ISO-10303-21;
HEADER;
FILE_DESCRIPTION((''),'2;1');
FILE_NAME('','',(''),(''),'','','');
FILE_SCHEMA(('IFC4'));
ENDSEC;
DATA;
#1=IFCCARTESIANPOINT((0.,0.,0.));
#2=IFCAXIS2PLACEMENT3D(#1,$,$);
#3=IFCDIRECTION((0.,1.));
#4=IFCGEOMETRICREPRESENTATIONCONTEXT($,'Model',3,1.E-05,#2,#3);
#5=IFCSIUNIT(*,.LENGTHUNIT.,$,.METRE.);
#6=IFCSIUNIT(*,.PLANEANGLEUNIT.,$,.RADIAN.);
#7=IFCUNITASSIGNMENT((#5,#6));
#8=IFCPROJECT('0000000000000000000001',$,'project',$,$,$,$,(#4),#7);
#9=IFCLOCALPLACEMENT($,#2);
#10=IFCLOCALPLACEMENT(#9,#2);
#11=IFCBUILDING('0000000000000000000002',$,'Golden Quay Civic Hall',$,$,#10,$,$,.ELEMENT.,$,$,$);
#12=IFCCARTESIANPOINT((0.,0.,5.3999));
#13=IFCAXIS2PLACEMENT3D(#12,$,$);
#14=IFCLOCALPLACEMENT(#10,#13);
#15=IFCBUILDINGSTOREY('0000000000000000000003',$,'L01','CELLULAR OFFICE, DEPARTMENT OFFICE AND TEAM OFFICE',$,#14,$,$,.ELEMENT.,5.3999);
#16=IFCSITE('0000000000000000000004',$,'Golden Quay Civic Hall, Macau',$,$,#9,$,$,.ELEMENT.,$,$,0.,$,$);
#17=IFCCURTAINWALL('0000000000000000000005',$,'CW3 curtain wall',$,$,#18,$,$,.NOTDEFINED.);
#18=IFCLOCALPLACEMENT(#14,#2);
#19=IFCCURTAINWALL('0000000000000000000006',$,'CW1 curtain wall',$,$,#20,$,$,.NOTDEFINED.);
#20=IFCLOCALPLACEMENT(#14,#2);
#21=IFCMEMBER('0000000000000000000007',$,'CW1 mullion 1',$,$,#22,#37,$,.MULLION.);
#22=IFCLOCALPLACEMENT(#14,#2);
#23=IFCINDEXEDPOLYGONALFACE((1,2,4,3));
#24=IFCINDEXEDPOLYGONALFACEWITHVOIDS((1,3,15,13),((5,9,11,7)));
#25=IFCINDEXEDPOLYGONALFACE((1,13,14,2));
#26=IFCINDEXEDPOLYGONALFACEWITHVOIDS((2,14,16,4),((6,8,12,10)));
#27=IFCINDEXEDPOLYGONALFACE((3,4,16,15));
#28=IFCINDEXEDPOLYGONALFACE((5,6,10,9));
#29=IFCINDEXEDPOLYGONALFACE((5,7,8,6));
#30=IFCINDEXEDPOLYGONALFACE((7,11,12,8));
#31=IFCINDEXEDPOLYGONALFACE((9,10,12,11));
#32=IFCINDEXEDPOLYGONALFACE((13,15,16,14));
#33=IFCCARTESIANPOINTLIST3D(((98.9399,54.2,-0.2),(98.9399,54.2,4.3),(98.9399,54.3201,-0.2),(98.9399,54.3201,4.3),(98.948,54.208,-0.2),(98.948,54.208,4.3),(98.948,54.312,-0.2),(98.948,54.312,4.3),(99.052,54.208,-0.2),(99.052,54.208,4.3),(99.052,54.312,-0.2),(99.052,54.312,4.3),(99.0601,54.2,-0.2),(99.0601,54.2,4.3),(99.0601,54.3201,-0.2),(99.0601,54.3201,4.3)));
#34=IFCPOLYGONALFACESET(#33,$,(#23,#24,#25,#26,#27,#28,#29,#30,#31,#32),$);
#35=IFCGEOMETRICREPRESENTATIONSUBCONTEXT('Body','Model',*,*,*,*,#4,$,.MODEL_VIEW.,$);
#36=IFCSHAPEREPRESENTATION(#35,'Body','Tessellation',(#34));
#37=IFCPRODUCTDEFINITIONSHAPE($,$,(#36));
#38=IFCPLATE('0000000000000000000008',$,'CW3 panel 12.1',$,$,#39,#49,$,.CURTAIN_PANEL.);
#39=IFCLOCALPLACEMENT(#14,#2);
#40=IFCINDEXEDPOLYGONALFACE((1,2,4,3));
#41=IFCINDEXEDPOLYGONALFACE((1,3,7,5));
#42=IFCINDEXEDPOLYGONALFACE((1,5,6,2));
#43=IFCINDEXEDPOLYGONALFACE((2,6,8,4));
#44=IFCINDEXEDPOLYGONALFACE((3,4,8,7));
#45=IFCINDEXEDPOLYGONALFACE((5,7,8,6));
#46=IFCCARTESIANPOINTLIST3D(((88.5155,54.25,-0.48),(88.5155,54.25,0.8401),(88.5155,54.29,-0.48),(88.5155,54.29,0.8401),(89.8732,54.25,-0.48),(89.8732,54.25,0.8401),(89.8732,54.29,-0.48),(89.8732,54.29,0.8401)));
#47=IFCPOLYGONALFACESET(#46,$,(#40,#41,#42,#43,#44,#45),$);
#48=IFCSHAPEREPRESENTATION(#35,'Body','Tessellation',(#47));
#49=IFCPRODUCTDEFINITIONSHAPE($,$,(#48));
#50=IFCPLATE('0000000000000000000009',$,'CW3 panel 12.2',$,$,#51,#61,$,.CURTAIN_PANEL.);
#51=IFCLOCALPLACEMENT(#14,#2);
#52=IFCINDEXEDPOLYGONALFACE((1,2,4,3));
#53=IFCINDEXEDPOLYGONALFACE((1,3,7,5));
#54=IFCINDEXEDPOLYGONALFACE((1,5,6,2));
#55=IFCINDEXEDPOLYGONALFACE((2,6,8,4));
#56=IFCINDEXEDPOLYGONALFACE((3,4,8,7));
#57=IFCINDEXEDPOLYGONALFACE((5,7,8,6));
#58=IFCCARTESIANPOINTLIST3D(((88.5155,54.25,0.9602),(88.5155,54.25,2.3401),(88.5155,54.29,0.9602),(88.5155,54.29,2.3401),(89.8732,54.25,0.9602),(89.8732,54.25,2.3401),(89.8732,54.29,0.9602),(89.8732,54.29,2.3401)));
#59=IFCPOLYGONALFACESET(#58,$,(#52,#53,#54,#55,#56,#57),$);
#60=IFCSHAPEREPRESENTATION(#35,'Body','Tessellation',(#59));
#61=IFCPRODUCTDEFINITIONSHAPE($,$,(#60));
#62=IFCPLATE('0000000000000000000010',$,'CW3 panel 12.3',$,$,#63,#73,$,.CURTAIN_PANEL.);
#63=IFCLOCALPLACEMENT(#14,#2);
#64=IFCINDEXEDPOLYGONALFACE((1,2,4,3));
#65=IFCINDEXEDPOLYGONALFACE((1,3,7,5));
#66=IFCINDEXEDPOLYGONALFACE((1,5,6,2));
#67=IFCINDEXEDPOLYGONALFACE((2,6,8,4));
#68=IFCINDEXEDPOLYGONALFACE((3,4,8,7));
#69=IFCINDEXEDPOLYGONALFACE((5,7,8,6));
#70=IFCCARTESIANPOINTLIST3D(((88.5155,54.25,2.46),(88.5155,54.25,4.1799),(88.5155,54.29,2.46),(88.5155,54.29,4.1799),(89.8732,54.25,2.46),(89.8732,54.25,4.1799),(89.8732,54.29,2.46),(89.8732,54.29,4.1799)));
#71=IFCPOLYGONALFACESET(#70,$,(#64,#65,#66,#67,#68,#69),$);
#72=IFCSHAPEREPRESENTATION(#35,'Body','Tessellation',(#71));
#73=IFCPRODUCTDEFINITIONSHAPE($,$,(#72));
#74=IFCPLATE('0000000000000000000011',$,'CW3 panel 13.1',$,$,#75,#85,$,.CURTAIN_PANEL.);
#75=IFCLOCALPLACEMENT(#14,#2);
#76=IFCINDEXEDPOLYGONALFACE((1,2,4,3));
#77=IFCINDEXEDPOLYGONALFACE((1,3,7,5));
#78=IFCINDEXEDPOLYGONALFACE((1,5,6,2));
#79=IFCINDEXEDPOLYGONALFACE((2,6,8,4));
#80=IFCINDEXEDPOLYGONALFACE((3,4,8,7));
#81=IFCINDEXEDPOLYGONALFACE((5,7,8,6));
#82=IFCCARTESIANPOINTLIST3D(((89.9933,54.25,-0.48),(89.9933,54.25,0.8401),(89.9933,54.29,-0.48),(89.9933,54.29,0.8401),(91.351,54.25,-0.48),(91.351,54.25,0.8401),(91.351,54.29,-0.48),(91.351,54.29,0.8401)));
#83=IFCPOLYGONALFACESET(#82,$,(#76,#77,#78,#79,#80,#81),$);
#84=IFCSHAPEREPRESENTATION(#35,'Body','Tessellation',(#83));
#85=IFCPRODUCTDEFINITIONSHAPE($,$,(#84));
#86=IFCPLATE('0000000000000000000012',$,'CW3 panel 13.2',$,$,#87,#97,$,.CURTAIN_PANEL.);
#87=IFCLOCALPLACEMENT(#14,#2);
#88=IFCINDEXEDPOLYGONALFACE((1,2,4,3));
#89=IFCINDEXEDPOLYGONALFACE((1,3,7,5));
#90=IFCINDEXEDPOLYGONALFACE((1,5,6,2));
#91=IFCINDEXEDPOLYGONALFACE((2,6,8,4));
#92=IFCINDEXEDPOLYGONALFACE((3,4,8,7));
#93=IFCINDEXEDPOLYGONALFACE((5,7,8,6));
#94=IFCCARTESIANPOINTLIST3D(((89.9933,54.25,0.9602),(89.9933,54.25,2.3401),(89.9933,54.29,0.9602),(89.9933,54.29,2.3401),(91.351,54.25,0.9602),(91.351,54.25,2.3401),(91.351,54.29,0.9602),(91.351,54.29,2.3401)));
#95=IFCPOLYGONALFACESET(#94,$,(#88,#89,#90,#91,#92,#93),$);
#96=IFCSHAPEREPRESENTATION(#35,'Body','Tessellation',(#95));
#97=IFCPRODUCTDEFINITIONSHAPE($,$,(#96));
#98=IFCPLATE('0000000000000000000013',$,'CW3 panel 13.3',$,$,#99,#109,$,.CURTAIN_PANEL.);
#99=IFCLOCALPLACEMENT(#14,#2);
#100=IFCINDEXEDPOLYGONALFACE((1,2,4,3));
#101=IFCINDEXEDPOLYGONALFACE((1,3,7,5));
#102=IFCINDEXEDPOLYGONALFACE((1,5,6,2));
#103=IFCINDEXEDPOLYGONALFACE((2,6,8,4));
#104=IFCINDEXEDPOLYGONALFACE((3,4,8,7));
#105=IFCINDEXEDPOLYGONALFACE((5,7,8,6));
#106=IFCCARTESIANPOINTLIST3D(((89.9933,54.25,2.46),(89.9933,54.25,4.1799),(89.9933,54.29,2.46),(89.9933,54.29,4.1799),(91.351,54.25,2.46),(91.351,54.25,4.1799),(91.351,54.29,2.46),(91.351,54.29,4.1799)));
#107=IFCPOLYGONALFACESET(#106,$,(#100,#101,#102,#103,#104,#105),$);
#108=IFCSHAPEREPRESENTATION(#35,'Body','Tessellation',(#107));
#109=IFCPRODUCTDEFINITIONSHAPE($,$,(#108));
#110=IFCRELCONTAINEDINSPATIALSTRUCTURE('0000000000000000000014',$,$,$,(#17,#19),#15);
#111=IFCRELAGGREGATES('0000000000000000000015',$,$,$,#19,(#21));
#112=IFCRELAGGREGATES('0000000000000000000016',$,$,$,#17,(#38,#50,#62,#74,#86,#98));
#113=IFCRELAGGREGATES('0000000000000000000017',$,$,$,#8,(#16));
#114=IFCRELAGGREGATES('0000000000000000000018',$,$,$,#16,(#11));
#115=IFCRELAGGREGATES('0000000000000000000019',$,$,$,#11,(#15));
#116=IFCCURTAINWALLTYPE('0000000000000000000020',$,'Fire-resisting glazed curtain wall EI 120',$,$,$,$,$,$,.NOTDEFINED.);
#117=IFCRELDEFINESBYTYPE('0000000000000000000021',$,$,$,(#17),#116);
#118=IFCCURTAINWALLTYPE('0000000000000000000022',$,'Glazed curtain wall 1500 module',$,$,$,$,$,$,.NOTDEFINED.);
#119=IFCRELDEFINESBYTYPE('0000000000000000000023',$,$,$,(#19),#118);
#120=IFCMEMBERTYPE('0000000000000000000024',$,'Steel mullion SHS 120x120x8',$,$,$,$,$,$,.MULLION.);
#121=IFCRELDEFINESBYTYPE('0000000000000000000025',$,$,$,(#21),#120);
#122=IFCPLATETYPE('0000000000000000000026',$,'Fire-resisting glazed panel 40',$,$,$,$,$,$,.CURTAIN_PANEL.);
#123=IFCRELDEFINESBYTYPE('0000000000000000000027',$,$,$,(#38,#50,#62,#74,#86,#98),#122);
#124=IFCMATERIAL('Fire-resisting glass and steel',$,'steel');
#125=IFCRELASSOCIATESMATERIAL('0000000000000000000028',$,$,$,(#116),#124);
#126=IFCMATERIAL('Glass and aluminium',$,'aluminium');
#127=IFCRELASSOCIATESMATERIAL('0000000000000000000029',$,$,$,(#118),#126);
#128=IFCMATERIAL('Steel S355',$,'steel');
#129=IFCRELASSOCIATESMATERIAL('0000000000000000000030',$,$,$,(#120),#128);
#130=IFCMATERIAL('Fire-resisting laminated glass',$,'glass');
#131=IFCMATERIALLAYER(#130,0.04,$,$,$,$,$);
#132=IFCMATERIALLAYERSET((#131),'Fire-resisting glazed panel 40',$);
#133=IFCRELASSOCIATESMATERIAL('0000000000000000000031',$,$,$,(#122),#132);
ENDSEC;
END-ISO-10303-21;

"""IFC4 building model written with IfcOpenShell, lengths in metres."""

from ifc_helpers import new_model, si_unit, direction, frame, origin, origin_2d, place, context, subcontext, project, spatial, rectangle, hollow_rectangle, extrude, material, layer, layer_set, material_profile, profile_set, type_object, element, aggregate, save


model = new_model("IFC4")

# Units and contexts
model_context = context("Model", 3, precision=1e-05, world=origin(), true_north=direction((0.0, 1.0)))
body_context = subcontext(model_context, "Body", "Model", "MODEL_VIEW")
ifc_project = project(units=[si_unit("LENGTHUNIT", "METRE"), si_unit("PLANEANGLEUNIT", "RADIAN")], contexts=[model_context])

# Site, building, storey
site_placement = place(None, origin())
site = spatial("IfcSite", under=ifc_project, at=site_placement, Name="Golden Quay Civic Hall, Macau", CompositionType="ELEMENT", RefElevation=0.0)
building_placement = place(site_placement, origin())
building = spatial("IfcBuilding", under=site, at=building_placement, Name="Golden Quay Civic Hall", CompositionType="ELEMENT")
storey_placement = place(building_placement, frame((0.0, 0.0, 5.3999)))
storey = spatial("IfcBuildingStorey", under=building, at=storey_placement, Name="L01", Description="CELLULAR OFFICE, DEPARTMENT OFFICE AND TEAM OFFICE", CompositionType="ELEMENT", Elevation=5.3999)

# Curtain wall
ifc_material_1 = material(Name="Fire-resisting glass and steel", Category="steel")
curtain_wall_type_1 = type_object("IfcCurtainWallType", Name="Fire-resisting glazed curtain wall EI 120", PredefinedType="NOTDEFINED", material=ifc_material_1)
curtain_wall_1_placement = place(storey_placement, origin())
curtain_wall_1 = element("IfcCurtainWall", 1, at=curtain_wall_1_placement, inside=storey, type_object=curtain_wall_type_1, Name="CW3 curtain wall", PredefinedType="NOTDEFINED")

# Curtain wall, member
ifc_material_2 = material(Name="Glass and aluminium", Category="aluminium")
curtain_wall_type_2 = type_object("IfcCurtainWallType", Name="Glazed curtain wall 1500 module", PredefinedType="NOTDEFINED", material=ifc_material_2)
curtain_wall_2_placement = place(storey_placement, origin())
curtain_wall_2 = element("IfcCurtainWall", 2, at=curtain_wall_2_placement, inside=storey, type_object=curtain_wall_type_2, Name="CW1 curtain wall", PredefinedType="NOTDEFINED")
ifc_material_3 = material(Name="Steel S355", Category="steel")
ifc_material_profile_1 = material_profile(ifc_material_3, hollow_rectangle(XDim=0.1201, YDim=0.1201, WallThickness=0.0081, at=origin_2d()), Name="SHS 120x120x8")
ifc_profile_set_1 = profile_set([ifc_material_profile_1], Name="Steel S355")
member_type_1 = type_object("IfcMemberType", Name="Steel mullion SHS 120x120x8", PredefinedType="MULLION", material=ifc_profile_set_1)
member_1_placement = place(storey_placement, frame((99.0, 54.26, -0.2), z_axis=(0.0, 0.0, 1.0), x_axis=(-1.0, 0.0, 0.0)))
member_1 = element("IfcMember", 3, at=member_1_placement, type_object=member_type_1, Name="CW1 mullion 1", PredefinedType="MULLION", context=body_context, shape_type="SweptSolid", body=[
    extrude(hollow_rectangle(XDim=0.1201, YDim=0.1201, WallThickness=0.0081, at=origin_2d()), origin(), (0.0, 0.0, 1.0), 4.5),
])
aggregate(curtain_wall_2, [member_1])

# Plates
ifc_material_4 = material(Name="Fire-resisting laminated glass", Category="glass")
ifc_layer_1 = layer(ifc_material_4, 0.04)
ifc_layer_set_1 = layer_set([ifc_layer_1], Name="Fire-resisting glazed panel 40")
plate_type = type_object("IfcPlateType", Name="Fire-resisting glazed panel 40", PredefinedType="CURTAIN_PANEL", material=ifc_layer_set_1)
plate_1_placement = place(storey_placement, frame((89.1943, 54.27, -0.48), z_axis=(0.0, 0.0, 1.0), x_axis=(1.0, 0.0, 0.0)))
plate_1 = element("IfcPlate", 4, at=plate_1_placement, type_object=plate_type, Name="CW3 panel 12.1", PredefinedType="CURTAIN_PANEL", context=body_context, shape_type="SweptSolid", body=[
    extrude(rectangle(XDim=1.3577, YDim=0.04, at=origin_2d()), origin(), (0.0, 0.0, 1.0), 1.3201),
])
plate_2_placement = place(storey_placement, frame((89.1943, 54.27, 0.9602), z_axis=(0.0, 0.0, 1.0), x_axis=(1.0, 0.0, 0.0)))
plate_2 = element("IfcPlate", 5, at=plate_2_placement, type_object=plate_type, Name="CW3 panel 12.2", PredefinedType="CURTAIN_PANEL", context=body_context, shape_type="SweptSolid", body=[
    extrude(rectangle(XDim=1.3577, YDim=0.04, at=origin_2d()), origin(), (0.0, 0.0, 1.0), 1.3799),
])
plate_3_placement = place(storey_placement, frame((89.1943, 54.27, 2.46), z_axis=(0.0, 0.0, 1.0), x_axis=(1.0, 0.0, 0.0)))
plate_3 = element("IfcPlate", 6, at=plate_3_placement, type_object=plate_type, Name="CW3 panel 12.3", PredefinedType="CURTAIN_PANEL", context=body_context, shape_type="SweptSolid", body=[
    extrude(rectangle(XDim=1.3577, YDim=0.04, at=origin_2d()), origin(), (0.0, 0.0, 1.0), 1.72),
])
plate_4_placement = place(storey_placement, frame((90.6721, 54.27, -0.48), z_axis=(0.0, 0.0, 1.0), x_axis=(1.0, 0.0, 0.0)))
plate_4 = element("IfcPlate", 7, at=plate_4_placement, type_object=plate_type, Name="CW3 panel 13.1", PredefinedType="CURTAIN_PANEL", context=body_context, shape_type="SweptSolid", body=[
    extrude(rectangle(XDim=1.3577, YDim=0.04, at=origin_2d()), origin(), (0.0, 0.0, 1.0), 1.3201),
])
plate_5_placement = place(storey_placement, frame((90.6721, 54.27, 0.9602), z_axis=(0.0, 0.0, 1.0), x_axis=(1.0, 0.0, 0.0)))
plate_5 = element("IfcPlate", 8, at=plate_5_placement, type_object=plate_type, Name="CW3 panel 13.2", PredefinedType="CURTAIN_PANEL", context=body_context, shape_type="SweptSolid", body=[
    extrude(rectangle(XDim=1.3577, YDim=0.04, at=origin_2d()), origin(), (0.0, 0.0, 1.0), 1.3799),
])
plate_6_placement = place(storey_placement, frame((90.6721, 54.27, 2.46), z_axis=(0.0, 0.0, 1.0), x_axis=(1.0, 0.0, 0.0)))
plate_6 = element("IfcPlate", 9, at=plate_6_placement, type_object=plate_type, Name="CW3 panel 13.3", PredefinedType="CURTAIN_PANEL", context=body_context, shape_type="SweptSolid", body=[
    extrude(rectangle(XDim=1.3577, YDim=0.04, at=origin_2d()), origin(), (0.0, 0.0, 1.0), 1.72),
])
aggregate(curtain_wall_1, [plate_1, plate_2, plate_3, plate_4, plate_5, plate_6])

save(model, "model.ifc")
